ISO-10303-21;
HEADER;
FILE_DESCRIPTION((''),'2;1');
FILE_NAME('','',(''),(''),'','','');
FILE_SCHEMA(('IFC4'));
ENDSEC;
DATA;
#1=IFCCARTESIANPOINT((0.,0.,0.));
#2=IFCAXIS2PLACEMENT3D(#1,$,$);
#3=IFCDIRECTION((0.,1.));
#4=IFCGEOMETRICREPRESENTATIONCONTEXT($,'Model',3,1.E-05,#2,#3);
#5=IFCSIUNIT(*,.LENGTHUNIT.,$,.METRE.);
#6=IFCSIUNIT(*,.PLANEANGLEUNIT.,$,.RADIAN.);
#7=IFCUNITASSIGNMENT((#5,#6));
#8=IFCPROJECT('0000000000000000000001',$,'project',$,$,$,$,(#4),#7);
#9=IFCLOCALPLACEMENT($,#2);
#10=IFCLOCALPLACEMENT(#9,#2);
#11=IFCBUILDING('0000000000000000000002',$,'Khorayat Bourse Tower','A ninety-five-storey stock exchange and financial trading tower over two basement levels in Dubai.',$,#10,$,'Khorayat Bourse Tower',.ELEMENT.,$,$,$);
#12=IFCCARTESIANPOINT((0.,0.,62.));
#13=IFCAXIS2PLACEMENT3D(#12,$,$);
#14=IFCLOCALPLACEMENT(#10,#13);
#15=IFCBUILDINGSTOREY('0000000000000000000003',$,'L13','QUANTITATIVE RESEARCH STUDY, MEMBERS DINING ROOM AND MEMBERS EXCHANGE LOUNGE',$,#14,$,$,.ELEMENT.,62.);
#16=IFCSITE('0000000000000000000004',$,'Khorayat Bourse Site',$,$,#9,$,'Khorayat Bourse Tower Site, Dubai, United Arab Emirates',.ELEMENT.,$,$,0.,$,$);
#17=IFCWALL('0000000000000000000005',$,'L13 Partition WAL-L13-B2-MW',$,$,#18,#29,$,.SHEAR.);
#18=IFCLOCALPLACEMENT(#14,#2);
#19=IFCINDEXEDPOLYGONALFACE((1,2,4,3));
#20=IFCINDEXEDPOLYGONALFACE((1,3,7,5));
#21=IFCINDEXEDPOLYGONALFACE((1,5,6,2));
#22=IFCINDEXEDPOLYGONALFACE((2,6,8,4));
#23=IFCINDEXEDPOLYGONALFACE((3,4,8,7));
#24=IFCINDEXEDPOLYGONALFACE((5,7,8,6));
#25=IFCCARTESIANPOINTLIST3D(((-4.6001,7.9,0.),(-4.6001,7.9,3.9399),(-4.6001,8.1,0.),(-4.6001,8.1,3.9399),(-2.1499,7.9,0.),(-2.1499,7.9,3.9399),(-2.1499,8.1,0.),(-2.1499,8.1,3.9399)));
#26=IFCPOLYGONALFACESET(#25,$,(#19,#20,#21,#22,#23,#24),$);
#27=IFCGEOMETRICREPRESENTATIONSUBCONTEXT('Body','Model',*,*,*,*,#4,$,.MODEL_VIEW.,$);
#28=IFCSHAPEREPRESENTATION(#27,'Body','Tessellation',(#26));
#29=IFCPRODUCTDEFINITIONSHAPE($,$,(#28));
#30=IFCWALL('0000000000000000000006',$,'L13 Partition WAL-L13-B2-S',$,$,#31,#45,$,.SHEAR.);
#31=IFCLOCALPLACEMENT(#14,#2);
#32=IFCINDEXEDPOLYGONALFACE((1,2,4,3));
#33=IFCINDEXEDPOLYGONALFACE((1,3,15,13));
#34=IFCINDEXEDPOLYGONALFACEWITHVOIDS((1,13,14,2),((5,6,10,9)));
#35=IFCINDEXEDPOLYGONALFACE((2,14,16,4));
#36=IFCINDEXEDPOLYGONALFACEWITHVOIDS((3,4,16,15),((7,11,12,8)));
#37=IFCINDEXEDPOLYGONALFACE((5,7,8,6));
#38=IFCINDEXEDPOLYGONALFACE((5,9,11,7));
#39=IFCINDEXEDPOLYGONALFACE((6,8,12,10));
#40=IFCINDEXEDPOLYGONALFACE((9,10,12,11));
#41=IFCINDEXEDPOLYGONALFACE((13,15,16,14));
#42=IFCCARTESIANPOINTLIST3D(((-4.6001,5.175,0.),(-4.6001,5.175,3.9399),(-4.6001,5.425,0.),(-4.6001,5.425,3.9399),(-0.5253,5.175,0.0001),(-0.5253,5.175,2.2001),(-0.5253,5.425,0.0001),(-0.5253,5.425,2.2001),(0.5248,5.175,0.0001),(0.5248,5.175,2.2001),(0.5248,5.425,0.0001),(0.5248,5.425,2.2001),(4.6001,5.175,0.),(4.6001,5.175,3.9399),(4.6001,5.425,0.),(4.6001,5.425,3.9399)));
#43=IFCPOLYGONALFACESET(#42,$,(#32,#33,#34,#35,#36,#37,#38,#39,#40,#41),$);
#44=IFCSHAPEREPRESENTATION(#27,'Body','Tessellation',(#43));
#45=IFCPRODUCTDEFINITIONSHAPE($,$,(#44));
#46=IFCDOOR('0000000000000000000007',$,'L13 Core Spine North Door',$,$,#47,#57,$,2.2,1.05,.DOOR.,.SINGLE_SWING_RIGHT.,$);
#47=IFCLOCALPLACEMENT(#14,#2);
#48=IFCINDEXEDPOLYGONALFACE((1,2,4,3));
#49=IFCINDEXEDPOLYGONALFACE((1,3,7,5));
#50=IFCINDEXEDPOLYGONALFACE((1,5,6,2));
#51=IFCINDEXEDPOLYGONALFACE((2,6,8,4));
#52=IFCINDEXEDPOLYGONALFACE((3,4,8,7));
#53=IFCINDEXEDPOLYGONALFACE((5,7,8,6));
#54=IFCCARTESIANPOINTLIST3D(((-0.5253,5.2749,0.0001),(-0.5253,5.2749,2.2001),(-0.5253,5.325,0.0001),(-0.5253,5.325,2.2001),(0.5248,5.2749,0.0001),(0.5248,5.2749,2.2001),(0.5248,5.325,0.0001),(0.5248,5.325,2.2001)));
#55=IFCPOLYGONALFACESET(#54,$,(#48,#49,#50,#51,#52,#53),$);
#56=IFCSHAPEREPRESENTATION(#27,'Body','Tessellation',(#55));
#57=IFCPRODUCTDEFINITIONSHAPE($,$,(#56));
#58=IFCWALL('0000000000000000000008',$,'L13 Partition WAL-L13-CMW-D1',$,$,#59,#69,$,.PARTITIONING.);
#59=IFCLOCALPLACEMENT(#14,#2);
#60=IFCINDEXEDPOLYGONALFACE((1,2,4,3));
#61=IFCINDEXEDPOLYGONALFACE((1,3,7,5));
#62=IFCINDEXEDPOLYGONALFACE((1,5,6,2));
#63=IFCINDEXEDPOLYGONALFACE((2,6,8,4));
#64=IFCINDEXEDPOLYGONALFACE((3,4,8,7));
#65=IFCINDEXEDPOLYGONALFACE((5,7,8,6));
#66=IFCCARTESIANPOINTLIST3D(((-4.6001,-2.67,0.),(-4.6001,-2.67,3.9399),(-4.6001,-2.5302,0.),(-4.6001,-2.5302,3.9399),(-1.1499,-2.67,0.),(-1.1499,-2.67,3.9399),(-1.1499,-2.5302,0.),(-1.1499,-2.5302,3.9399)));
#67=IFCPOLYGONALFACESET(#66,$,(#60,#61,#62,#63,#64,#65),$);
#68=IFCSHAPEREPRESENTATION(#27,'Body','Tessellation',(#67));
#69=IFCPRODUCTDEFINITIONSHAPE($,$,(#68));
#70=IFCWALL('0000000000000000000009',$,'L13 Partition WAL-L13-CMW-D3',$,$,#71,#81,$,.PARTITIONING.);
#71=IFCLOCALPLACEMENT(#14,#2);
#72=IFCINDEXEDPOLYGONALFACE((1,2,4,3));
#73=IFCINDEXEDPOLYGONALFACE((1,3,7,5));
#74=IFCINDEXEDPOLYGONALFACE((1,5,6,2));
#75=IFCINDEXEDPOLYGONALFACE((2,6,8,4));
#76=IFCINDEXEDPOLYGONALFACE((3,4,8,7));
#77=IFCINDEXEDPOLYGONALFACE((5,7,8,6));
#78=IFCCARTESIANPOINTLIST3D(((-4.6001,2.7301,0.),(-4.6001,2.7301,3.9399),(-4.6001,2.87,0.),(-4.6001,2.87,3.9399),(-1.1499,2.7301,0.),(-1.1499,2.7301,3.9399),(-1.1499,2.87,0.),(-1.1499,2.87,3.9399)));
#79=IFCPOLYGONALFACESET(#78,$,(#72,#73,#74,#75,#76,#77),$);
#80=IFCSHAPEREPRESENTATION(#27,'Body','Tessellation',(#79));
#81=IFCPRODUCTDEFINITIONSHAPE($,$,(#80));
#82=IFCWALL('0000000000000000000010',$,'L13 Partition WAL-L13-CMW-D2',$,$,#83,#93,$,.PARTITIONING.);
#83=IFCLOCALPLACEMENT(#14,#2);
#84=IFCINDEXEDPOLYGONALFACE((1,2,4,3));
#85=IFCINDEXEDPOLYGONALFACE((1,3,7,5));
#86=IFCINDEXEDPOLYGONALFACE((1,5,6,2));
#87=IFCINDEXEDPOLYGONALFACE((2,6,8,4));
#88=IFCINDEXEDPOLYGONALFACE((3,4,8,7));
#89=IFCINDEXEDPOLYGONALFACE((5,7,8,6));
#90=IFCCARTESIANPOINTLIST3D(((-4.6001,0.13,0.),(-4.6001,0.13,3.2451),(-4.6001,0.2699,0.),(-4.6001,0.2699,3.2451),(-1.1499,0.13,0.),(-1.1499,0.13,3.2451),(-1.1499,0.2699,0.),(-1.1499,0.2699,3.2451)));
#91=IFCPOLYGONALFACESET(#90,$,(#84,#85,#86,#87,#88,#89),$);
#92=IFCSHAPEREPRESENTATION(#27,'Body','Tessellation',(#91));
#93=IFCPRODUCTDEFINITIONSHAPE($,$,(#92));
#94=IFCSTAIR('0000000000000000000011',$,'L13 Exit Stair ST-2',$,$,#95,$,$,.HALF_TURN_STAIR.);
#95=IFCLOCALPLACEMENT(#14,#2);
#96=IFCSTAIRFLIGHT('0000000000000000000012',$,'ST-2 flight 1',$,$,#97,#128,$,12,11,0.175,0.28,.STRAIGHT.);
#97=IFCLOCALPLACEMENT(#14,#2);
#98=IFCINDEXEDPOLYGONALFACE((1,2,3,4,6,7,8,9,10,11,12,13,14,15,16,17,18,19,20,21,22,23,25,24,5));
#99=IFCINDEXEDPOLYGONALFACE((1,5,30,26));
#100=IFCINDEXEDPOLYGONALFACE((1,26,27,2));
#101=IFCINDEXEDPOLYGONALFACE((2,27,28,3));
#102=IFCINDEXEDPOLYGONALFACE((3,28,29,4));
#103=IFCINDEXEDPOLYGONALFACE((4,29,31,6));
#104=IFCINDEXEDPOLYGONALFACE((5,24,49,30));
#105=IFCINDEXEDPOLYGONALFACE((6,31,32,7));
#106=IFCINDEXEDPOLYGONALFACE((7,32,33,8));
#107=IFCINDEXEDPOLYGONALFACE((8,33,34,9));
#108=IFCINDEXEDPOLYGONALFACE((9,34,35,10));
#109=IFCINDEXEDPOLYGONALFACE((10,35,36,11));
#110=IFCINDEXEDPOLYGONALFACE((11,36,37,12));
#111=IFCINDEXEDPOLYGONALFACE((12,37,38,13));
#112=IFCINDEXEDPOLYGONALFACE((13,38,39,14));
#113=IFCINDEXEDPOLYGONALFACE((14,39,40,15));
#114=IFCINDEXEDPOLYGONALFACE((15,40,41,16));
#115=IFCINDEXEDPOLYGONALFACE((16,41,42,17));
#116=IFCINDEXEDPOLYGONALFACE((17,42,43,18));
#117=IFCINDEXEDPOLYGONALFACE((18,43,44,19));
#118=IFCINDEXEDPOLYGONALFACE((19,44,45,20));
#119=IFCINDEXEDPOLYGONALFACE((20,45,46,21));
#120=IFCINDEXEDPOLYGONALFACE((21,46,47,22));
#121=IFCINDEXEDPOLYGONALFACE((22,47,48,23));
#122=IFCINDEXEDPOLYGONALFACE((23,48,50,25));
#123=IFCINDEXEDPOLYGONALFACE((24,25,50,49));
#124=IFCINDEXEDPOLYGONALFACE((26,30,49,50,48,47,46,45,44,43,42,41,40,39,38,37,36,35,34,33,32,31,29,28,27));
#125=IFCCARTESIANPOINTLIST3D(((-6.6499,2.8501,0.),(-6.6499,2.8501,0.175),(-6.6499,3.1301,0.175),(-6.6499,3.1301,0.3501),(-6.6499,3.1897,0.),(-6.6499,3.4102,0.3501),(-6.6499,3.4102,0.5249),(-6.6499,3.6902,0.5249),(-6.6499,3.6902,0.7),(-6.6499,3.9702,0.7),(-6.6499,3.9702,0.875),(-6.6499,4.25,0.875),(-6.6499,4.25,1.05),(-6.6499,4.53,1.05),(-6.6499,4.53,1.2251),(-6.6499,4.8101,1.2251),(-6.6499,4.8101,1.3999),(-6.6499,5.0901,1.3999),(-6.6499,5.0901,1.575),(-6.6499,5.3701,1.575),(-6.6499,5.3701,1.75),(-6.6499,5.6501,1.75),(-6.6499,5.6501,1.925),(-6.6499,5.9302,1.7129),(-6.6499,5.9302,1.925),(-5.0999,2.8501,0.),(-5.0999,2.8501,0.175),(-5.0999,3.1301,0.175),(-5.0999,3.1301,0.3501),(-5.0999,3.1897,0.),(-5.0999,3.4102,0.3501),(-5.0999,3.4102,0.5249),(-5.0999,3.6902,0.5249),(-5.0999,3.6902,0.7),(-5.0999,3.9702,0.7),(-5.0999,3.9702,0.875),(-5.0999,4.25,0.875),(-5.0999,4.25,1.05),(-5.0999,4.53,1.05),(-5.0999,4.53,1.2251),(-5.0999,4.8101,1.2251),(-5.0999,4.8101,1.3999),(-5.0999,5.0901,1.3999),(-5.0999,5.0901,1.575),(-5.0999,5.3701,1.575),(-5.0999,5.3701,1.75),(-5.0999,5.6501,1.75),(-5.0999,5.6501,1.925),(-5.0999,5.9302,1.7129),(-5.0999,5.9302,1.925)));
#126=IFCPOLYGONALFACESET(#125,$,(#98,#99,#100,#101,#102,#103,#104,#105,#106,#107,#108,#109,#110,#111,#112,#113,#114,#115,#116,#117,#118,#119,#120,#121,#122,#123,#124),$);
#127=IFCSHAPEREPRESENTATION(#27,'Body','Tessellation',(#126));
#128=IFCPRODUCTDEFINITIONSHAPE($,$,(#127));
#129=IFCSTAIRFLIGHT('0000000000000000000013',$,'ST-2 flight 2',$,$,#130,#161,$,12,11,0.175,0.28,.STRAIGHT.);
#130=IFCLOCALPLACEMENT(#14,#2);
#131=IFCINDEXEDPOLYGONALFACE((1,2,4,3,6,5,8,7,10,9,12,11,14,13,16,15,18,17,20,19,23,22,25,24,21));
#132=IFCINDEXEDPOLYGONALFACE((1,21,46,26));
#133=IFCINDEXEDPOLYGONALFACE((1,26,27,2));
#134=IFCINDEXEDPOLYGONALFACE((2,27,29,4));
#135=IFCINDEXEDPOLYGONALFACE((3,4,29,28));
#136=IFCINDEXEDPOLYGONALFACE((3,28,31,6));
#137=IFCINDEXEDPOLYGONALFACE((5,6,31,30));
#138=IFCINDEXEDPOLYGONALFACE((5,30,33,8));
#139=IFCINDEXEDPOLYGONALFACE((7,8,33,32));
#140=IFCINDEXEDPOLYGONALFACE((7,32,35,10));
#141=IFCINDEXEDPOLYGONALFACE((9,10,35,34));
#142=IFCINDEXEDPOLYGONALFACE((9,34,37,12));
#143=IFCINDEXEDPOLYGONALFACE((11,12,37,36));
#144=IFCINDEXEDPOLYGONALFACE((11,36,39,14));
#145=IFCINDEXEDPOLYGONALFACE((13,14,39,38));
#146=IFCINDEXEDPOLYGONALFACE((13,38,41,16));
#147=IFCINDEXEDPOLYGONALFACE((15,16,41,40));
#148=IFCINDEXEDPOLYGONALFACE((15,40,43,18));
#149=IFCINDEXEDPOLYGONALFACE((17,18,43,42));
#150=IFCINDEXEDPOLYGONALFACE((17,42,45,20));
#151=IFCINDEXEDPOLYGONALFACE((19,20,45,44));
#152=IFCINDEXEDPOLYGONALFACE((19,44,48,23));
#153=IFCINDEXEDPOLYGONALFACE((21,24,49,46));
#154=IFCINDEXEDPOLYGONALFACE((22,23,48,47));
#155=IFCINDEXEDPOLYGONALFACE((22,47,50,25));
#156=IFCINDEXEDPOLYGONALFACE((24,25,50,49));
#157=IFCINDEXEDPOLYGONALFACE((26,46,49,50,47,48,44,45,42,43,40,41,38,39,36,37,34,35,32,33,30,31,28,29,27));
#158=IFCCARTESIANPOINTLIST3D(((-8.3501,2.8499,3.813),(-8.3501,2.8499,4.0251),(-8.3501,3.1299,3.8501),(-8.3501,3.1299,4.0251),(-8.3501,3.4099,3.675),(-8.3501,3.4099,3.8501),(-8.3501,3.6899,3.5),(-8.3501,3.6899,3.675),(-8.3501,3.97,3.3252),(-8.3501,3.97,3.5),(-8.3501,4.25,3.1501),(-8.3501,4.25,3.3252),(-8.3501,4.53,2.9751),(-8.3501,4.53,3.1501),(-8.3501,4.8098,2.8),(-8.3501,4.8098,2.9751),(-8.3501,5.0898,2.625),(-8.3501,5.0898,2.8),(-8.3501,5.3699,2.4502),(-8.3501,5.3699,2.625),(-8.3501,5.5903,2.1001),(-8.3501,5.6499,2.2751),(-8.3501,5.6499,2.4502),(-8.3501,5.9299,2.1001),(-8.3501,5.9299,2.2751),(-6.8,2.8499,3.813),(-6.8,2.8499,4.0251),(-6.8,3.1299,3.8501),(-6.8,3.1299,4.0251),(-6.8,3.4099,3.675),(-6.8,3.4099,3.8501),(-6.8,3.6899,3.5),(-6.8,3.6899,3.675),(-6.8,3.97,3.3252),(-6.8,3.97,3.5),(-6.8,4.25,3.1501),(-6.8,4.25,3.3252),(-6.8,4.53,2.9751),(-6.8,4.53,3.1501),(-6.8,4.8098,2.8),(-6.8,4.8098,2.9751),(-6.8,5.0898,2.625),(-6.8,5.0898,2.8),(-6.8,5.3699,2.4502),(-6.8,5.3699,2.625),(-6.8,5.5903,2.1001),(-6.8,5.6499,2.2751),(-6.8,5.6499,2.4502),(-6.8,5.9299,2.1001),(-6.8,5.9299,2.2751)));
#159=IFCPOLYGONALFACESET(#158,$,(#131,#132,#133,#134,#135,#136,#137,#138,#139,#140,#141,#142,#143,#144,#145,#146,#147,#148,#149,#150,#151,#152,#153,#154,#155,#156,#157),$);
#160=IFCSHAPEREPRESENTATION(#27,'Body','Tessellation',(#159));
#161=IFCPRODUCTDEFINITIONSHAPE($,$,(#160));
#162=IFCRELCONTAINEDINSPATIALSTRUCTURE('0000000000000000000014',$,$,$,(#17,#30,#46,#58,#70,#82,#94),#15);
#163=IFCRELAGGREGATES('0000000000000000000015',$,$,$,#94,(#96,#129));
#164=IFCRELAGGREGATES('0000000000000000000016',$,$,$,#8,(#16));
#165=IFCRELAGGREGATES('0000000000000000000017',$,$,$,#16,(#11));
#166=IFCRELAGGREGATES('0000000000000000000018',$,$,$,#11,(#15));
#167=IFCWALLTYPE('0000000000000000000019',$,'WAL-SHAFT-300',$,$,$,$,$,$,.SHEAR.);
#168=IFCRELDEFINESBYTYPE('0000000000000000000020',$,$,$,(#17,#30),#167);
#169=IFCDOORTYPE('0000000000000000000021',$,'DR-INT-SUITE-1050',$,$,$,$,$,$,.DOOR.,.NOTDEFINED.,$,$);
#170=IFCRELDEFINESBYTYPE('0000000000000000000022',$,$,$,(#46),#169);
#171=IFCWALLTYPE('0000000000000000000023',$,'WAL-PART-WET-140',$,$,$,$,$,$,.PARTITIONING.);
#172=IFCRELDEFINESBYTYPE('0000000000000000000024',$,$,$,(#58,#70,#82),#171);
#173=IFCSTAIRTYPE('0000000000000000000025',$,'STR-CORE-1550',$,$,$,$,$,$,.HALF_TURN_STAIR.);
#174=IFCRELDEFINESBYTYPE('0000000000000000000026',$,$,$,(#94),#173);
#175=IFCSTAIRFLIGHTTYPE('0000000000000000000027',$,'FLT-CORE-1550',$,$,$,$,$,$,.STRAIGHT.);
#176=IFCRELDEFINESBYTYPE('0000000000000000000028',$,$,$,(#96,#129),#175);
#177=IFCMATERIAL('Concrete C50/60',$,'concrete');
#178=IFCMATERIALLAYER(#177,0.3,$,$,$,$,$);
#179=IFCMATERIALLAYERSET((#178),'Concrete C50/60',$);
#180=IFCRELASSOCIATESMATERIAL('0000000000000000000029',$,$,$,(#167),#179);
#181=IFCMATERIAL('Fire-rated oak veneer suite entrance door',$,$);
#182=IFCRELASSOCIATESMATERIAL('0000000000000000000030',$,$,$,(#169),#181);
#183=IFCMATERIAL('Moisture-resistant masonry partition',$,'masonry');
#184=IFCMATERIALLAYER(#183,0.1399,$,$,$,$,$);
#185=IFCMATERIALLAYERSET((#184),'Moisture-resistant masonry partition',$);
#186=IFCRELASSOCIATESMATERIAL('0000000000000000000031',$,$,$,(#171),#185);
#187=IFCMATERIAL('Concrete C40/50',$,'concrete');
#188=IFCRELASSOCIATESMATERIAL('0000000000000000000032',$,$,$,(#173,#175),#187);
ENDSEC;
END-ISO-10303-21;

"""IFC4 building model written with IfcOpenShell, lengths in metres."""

from ifc_helpers import new_model, si_unit, direction, frame, frame_2d, origin, place, context, subcontext, project, spatial, polyline, rectangle, outline, extrude, source, transform, mapped, material, layer, layer_set, type_object, element, fill, aggregate, save


model = new_model("IFC4")

# Units and contexts
model_context = context("Model", 3, precision=1e-05, world=origin(), true_north=direction((0.0, 1.0)))
body_context = subcontext(model_context, "Body", "Model", "MODEL_VIEW")
ifc_project = project(units=[si_unit("LENGTHUNIT", "METRE"), si_unit("PLANEANGLEUNIT", "RADIAN")], contexts=[model_context])

# Site, building, storey
site_placement = place(None, origin())
site = spatial("IfcSite", under=ifc_project, at=site_placement, Name="Khorayat Bourse Site", LongName="Khorayat Bourse Tower Site, Dubai, United Arab Emirates", CompositionType="ELEMENT", RefElevation=0.0)
building_placement = place(site_placement, origin())
building = spatial("IfcBuilding", under=site, at=building_placement, Name="Khorayat Bourse Tower", Description="A ninety-five-storey stock exchange and financial trading tower over two basement levels in Dubai.", LongName="Khorayat Bourse Tower", CompositionType="ELEMENT")
storey_placement = place(building_placement, frame((0.0, 0.0, 62.0)))
storey = spatial("IfcBuildingStorey", under=building, at=storey_placement, Name="L13", Description="QUANTITATIVE RESEARCH STUDY, MEMBERS DINING ROOM AND MEMBERS EXCHANGE LOUNGE", CompositionType="ELEMENT", Elevation=62.0)

# Wall
ifc_material_1 = material(Name="Concrete C50/60", Category="concrete")
ifc_layer_1 = layer(ifc_material_1, 0.3)
ifc_layer_set_1 = layer_set([ifc_layer_1], Name="Concrete C50/60")
wall_type_1 = type_object("IfcWallType", Name="WAL-SHAFT-300", PredefinedType="SHEAR", material=ifc_layer_set_1)
shared_shape_1 = source(origin(), body_context, "Body", "SweptSolid", [
    extrude(rectangle(XDim=2.4502, YDim=0.2, at=frame_2d((1.2251, 0.0))), origin(), (0.0, 0.0, 1.0), 3.9399),
])
wall_1_placement = place(storey_placement, frame((-4.6001, 8.0, 0.0), z_axis=(0.0, 0.0, 1.0), x_axis=(1.0, 0.0, 0.0)))
element("IfcWall", 1, at=wall_1_placement, inside=storey, type_object=wall_type_1, Name="L13 Partition WAL-L13-B2-MW", PredefinedType="SHEAR", context=body_context, shape_type="MappedRepresentation", body=[
    mapped(shared_shape_1, transform((0.0, 0.0, 0.0), scale=1.0)),
])

# Wall, opening, door
shared_shape_2 = source(origin(), body_context, "Body", "SweptSolid", [
    extrude(rectangle(XDim=9.2002, YDim=0.25, at=frame_2d((4.6001, 0.0))), origin(), (0.0, 0.0, 1.0), 3.9399),
])
wall_2_placement = place(storey_placement, frame((-4.6001, 5.3, 0.0), z_axis=(0.0, 0.0, 1.0), x_axis=(1.0, 0.0, 0.0)))
wall_2 = element("IfcWall", 2, at=wall_2_placement, inside=storey, type_object=wall_type_1, Name="L13 Partition WAL-L13-B2-S", PredefinedType="SHEAR", context=body_context, shape_type="MappedRepresentation", body=[
    mapped(shared_shape_2, transform((0.0, 0.0, 0.0), scale=1.0)),
])
shared_shape_3 = source(origin(), body_context, "Body", "SweptSolid", [
    extrude(rectangle(XDim=1.05, YDim=2.2, at=frame_2d((0.5249, 1.1001))), frame((0.0, 0.135, 0.0), z_axis=(0.0, -1.0, 0.0), x_axis=(1.0, 0.0, 0.0)), (0.0, 0.0, 1.0), 0.27),
])
opening_placement = place(wall_2_placement, frame((4.075, 0.0, 0.0)))
opening = element("IfcOpeningElement", 3, at=opening_placement, cuts=wall_2, PredefinedType="OPENING", context=body_context, shape_type="MappedRepresentation", body=[
    mapped(shared_shape_3, transform((0.0, 0.0, 0.0), scale=1.0)),
])
ifc_material_2 = material(Name="Fire-rated oak veneer suite entrance door")
door_type = type_object("IfcDoorType", Name="DR-INT-SUITE-1050", OperationType="NOTDEFINED", PredefinedType="DOOR", material=ifc_material_2)
shared_shape_4 = source(origin(), body_context, "Body", "SweptSolid", [
    extrude(rectangle(XDim=1.05, YDim=2.2, at=frame_2d((0.5249, 1.1001))), frame((0.0, 0.0249, 0.0), z_axis=(0.0, -1.0, 0.0), x_axis=(1.0, 0.0, 0.0)), (0.0, 0.0, 1.0), 0.05),
])
door_placement = place(opening_placement, origin())
door = element("IfcDoor", 4, at=door_placement, inside=storey, type_object=door_type, Name="L13 Core Spine North Door", OperationType="SINGLE_SWING_RIGHT", OverallHeight=2.2, OverallWidth=1.05, PredefinedType="DOOR", context=body_context, shape_type="MappedRepresentation", body=[
    mapped(shared_shape_4, transform((0.0, 0.0, 0.0), scale=1.0)),
])
fill(opening, door)

# Walls
ifc_material_3 = material(Name="Moisture-resistant masonry partition", Category="masonry")
ifc_layer_2 = layer(ifc_material_3, 0.1399)
ifc_layer_set_2 = layer_set([ifc_layer_2], Name="Moisture-resistant masonry partition")
wall_type_2 = type_object("IfcWallType", Name="WAL-PART-WET-140", PredefinedType="PARTITIONING", material=ifc_layer_set_2)
shared_shape_5 = source(origin(), body_context, "Body", "SweptSolid", [
    extrude(rectangle(XDim=3.4502, YDim=0.1399, at=frame_2d((1.7251, 0.0))), origin(), (0.0, 0.0, 1.0), 3.9399),
])
for number, where, z_axis, x_axis, name in (
    (5, (-4.6001, -2.6001, 0.0), (0.0, 0.0, 1.0), (1.0, 0.0, 0.0), "L13 Partition WAL-L13-CMW-D1"),
    (6, (-4.6001, 2.8, 0.0), (0.0, 0.0, 1.0), (1.0, 0.0, 0.0), "L13 Partition WAL-L13-CMW-D3"),
):
    element("IfcWall", number, at=place(storey_placement, frame(where, z_axis=z_axis, x_axis=x_axis)), inside=storey, type_object=wall_type_2, Name=name, PredefinedType="PARTITIONING", context=body_context, shape_type="MappedRepresentation", body=[
        mapped(shared_shape_5, transform((0.0, 0.0, 0.0), scale=1.0)),
    ])
shared_shape_6 = source(origin(), body_context, "Body", "SweptSolid", [
    extrude(rectangle(XDim=3.4502, YDim=0.1399, at=frame_2d((1.7251, 0.0))), origin(), (0.0, 0.0, 1.0), 3.2451),
])
wall_3_placement = place(storey_placement, frame((-4.6001, 0.2, 0.0), z_axis=(0.0, 0.0, 1.0), x_axis=(1.0, 0.0, 0.0)))
element("IfcWall", 7, at=wall_3_placement, inside=storey, type_object=wall_type_2, Name="L13 Partition WAL-L13-CMW-D2", PredefinedType="PARTITIONING", context=body_context, shape_type="MappedRepresentation", body=[
    mapped(shared_shape_6, transform((0.0, 0.0, 0.0), scale=1.0)),
])

# Stair, stair flights
ifc_material_4 = material(Name="Concrete C40/50", Category="concrete")
stair_type = type_object("IfcStairType", Name="STR-CORE-1550", PredefinedType="HALF_TURN_STAIR", material=ifc_material_4)
stair_placement = place(storey_placement, origin())
stair = element("IfcStair", 8, at=stair_placement, inside=storey, type_object=stair_type, Name="L13 Exit Stair ST-2", PredefinedType="HALF_TURN_STAIR")
stair_flight_type = type_object("IfcStairFlightType", Name="FLT-CORE-1550", PredefinedType="STRAIGHT", material=ifc_material_4)
shared_shape_7 = source(origin(), body_context, "Body", "SweptSolid", [
    extrude(outline(polyline([(0.0, 0.0), (0.0, 0.175), (0.28, 0.175), (0.28, 0.3501), (0.5601, 0.3501), (0.5601, 0.5249), (0.8401, 0.5249), (0.8401, 0.7), (1.1201, 0.7), (1.1201, 0.875), (1.3999, 0.875), (1.3999, 1.05), (1.6799, 1.05), (1.6799, 1.2251), (1.96, 1.2251), (1.96, 1.3999), (2.24, 1.3999), (2.24, 1.575), (2.52, 1.575), (2.52, 1.75), (2.8, 1.75), (2.8, 1.925), (3.0801, 1.925), (3.0801, 2.1001), (3.0801, 1.7129), (0.3396, 0.0), (0.0, 0.0)])), frame((0.0, 0.7749, 0.0), z_axis=(0.0, -1.0, 0.0), x_axis=(1.0, 0.0, 0.0)), (0.0, 0.0, 1.0), 1.55),
])
stair_flight_1_placement = place(storey_placement, frame((-5.875, 2.8501, 0.0), z_axis=(0.0, 0.0, 1.0), x_axis=(0.0, 1.0, 0.0)))
stair_flight_1 = element("IfcStairFlight", 9, at=stair_flight_1_placement, type_object=stair_flight_type, Name="ST-2 flight 1", NumberOfRisers=12, NumberOfTreads=11, PredefinedType="STRAIGHT", RiserHeight=0.175, TreadLength=0.28, context=body_context, shape_type="MappedRepresentation", body=[
    mapped(shared_shape_7, transform((0.0, 0.0, 0.0), scale=1.0)),
])
stair_flight_2_placement = place(storey_placement, frame((-7.575, 5.9299, 2.1001), z_axis=(0.0, 0.0, 1.0), x_axis=(0.0, -1.0, 0.0)))
stair_flight_2 = element("IfcStairFlight", 10, at=stair_flight_2_placement, type_object=stair_flight_type, Name="ST-2 flight 2", NumberOfRisers=12, NumberOfTreads=11, PredefinedType="STRAIGHT", RiserHeight=0.175, TreadLength=0.28, context=body_context, shape_type="MappedRepresentation", body=[
    mapped(shared_shape_7, transform((0.0, 0.0, 0.0), scale=1.0)),
])
aggregate(stair, [stair_flight_1, stair_flight_2])

save(model, "model.ifc")
